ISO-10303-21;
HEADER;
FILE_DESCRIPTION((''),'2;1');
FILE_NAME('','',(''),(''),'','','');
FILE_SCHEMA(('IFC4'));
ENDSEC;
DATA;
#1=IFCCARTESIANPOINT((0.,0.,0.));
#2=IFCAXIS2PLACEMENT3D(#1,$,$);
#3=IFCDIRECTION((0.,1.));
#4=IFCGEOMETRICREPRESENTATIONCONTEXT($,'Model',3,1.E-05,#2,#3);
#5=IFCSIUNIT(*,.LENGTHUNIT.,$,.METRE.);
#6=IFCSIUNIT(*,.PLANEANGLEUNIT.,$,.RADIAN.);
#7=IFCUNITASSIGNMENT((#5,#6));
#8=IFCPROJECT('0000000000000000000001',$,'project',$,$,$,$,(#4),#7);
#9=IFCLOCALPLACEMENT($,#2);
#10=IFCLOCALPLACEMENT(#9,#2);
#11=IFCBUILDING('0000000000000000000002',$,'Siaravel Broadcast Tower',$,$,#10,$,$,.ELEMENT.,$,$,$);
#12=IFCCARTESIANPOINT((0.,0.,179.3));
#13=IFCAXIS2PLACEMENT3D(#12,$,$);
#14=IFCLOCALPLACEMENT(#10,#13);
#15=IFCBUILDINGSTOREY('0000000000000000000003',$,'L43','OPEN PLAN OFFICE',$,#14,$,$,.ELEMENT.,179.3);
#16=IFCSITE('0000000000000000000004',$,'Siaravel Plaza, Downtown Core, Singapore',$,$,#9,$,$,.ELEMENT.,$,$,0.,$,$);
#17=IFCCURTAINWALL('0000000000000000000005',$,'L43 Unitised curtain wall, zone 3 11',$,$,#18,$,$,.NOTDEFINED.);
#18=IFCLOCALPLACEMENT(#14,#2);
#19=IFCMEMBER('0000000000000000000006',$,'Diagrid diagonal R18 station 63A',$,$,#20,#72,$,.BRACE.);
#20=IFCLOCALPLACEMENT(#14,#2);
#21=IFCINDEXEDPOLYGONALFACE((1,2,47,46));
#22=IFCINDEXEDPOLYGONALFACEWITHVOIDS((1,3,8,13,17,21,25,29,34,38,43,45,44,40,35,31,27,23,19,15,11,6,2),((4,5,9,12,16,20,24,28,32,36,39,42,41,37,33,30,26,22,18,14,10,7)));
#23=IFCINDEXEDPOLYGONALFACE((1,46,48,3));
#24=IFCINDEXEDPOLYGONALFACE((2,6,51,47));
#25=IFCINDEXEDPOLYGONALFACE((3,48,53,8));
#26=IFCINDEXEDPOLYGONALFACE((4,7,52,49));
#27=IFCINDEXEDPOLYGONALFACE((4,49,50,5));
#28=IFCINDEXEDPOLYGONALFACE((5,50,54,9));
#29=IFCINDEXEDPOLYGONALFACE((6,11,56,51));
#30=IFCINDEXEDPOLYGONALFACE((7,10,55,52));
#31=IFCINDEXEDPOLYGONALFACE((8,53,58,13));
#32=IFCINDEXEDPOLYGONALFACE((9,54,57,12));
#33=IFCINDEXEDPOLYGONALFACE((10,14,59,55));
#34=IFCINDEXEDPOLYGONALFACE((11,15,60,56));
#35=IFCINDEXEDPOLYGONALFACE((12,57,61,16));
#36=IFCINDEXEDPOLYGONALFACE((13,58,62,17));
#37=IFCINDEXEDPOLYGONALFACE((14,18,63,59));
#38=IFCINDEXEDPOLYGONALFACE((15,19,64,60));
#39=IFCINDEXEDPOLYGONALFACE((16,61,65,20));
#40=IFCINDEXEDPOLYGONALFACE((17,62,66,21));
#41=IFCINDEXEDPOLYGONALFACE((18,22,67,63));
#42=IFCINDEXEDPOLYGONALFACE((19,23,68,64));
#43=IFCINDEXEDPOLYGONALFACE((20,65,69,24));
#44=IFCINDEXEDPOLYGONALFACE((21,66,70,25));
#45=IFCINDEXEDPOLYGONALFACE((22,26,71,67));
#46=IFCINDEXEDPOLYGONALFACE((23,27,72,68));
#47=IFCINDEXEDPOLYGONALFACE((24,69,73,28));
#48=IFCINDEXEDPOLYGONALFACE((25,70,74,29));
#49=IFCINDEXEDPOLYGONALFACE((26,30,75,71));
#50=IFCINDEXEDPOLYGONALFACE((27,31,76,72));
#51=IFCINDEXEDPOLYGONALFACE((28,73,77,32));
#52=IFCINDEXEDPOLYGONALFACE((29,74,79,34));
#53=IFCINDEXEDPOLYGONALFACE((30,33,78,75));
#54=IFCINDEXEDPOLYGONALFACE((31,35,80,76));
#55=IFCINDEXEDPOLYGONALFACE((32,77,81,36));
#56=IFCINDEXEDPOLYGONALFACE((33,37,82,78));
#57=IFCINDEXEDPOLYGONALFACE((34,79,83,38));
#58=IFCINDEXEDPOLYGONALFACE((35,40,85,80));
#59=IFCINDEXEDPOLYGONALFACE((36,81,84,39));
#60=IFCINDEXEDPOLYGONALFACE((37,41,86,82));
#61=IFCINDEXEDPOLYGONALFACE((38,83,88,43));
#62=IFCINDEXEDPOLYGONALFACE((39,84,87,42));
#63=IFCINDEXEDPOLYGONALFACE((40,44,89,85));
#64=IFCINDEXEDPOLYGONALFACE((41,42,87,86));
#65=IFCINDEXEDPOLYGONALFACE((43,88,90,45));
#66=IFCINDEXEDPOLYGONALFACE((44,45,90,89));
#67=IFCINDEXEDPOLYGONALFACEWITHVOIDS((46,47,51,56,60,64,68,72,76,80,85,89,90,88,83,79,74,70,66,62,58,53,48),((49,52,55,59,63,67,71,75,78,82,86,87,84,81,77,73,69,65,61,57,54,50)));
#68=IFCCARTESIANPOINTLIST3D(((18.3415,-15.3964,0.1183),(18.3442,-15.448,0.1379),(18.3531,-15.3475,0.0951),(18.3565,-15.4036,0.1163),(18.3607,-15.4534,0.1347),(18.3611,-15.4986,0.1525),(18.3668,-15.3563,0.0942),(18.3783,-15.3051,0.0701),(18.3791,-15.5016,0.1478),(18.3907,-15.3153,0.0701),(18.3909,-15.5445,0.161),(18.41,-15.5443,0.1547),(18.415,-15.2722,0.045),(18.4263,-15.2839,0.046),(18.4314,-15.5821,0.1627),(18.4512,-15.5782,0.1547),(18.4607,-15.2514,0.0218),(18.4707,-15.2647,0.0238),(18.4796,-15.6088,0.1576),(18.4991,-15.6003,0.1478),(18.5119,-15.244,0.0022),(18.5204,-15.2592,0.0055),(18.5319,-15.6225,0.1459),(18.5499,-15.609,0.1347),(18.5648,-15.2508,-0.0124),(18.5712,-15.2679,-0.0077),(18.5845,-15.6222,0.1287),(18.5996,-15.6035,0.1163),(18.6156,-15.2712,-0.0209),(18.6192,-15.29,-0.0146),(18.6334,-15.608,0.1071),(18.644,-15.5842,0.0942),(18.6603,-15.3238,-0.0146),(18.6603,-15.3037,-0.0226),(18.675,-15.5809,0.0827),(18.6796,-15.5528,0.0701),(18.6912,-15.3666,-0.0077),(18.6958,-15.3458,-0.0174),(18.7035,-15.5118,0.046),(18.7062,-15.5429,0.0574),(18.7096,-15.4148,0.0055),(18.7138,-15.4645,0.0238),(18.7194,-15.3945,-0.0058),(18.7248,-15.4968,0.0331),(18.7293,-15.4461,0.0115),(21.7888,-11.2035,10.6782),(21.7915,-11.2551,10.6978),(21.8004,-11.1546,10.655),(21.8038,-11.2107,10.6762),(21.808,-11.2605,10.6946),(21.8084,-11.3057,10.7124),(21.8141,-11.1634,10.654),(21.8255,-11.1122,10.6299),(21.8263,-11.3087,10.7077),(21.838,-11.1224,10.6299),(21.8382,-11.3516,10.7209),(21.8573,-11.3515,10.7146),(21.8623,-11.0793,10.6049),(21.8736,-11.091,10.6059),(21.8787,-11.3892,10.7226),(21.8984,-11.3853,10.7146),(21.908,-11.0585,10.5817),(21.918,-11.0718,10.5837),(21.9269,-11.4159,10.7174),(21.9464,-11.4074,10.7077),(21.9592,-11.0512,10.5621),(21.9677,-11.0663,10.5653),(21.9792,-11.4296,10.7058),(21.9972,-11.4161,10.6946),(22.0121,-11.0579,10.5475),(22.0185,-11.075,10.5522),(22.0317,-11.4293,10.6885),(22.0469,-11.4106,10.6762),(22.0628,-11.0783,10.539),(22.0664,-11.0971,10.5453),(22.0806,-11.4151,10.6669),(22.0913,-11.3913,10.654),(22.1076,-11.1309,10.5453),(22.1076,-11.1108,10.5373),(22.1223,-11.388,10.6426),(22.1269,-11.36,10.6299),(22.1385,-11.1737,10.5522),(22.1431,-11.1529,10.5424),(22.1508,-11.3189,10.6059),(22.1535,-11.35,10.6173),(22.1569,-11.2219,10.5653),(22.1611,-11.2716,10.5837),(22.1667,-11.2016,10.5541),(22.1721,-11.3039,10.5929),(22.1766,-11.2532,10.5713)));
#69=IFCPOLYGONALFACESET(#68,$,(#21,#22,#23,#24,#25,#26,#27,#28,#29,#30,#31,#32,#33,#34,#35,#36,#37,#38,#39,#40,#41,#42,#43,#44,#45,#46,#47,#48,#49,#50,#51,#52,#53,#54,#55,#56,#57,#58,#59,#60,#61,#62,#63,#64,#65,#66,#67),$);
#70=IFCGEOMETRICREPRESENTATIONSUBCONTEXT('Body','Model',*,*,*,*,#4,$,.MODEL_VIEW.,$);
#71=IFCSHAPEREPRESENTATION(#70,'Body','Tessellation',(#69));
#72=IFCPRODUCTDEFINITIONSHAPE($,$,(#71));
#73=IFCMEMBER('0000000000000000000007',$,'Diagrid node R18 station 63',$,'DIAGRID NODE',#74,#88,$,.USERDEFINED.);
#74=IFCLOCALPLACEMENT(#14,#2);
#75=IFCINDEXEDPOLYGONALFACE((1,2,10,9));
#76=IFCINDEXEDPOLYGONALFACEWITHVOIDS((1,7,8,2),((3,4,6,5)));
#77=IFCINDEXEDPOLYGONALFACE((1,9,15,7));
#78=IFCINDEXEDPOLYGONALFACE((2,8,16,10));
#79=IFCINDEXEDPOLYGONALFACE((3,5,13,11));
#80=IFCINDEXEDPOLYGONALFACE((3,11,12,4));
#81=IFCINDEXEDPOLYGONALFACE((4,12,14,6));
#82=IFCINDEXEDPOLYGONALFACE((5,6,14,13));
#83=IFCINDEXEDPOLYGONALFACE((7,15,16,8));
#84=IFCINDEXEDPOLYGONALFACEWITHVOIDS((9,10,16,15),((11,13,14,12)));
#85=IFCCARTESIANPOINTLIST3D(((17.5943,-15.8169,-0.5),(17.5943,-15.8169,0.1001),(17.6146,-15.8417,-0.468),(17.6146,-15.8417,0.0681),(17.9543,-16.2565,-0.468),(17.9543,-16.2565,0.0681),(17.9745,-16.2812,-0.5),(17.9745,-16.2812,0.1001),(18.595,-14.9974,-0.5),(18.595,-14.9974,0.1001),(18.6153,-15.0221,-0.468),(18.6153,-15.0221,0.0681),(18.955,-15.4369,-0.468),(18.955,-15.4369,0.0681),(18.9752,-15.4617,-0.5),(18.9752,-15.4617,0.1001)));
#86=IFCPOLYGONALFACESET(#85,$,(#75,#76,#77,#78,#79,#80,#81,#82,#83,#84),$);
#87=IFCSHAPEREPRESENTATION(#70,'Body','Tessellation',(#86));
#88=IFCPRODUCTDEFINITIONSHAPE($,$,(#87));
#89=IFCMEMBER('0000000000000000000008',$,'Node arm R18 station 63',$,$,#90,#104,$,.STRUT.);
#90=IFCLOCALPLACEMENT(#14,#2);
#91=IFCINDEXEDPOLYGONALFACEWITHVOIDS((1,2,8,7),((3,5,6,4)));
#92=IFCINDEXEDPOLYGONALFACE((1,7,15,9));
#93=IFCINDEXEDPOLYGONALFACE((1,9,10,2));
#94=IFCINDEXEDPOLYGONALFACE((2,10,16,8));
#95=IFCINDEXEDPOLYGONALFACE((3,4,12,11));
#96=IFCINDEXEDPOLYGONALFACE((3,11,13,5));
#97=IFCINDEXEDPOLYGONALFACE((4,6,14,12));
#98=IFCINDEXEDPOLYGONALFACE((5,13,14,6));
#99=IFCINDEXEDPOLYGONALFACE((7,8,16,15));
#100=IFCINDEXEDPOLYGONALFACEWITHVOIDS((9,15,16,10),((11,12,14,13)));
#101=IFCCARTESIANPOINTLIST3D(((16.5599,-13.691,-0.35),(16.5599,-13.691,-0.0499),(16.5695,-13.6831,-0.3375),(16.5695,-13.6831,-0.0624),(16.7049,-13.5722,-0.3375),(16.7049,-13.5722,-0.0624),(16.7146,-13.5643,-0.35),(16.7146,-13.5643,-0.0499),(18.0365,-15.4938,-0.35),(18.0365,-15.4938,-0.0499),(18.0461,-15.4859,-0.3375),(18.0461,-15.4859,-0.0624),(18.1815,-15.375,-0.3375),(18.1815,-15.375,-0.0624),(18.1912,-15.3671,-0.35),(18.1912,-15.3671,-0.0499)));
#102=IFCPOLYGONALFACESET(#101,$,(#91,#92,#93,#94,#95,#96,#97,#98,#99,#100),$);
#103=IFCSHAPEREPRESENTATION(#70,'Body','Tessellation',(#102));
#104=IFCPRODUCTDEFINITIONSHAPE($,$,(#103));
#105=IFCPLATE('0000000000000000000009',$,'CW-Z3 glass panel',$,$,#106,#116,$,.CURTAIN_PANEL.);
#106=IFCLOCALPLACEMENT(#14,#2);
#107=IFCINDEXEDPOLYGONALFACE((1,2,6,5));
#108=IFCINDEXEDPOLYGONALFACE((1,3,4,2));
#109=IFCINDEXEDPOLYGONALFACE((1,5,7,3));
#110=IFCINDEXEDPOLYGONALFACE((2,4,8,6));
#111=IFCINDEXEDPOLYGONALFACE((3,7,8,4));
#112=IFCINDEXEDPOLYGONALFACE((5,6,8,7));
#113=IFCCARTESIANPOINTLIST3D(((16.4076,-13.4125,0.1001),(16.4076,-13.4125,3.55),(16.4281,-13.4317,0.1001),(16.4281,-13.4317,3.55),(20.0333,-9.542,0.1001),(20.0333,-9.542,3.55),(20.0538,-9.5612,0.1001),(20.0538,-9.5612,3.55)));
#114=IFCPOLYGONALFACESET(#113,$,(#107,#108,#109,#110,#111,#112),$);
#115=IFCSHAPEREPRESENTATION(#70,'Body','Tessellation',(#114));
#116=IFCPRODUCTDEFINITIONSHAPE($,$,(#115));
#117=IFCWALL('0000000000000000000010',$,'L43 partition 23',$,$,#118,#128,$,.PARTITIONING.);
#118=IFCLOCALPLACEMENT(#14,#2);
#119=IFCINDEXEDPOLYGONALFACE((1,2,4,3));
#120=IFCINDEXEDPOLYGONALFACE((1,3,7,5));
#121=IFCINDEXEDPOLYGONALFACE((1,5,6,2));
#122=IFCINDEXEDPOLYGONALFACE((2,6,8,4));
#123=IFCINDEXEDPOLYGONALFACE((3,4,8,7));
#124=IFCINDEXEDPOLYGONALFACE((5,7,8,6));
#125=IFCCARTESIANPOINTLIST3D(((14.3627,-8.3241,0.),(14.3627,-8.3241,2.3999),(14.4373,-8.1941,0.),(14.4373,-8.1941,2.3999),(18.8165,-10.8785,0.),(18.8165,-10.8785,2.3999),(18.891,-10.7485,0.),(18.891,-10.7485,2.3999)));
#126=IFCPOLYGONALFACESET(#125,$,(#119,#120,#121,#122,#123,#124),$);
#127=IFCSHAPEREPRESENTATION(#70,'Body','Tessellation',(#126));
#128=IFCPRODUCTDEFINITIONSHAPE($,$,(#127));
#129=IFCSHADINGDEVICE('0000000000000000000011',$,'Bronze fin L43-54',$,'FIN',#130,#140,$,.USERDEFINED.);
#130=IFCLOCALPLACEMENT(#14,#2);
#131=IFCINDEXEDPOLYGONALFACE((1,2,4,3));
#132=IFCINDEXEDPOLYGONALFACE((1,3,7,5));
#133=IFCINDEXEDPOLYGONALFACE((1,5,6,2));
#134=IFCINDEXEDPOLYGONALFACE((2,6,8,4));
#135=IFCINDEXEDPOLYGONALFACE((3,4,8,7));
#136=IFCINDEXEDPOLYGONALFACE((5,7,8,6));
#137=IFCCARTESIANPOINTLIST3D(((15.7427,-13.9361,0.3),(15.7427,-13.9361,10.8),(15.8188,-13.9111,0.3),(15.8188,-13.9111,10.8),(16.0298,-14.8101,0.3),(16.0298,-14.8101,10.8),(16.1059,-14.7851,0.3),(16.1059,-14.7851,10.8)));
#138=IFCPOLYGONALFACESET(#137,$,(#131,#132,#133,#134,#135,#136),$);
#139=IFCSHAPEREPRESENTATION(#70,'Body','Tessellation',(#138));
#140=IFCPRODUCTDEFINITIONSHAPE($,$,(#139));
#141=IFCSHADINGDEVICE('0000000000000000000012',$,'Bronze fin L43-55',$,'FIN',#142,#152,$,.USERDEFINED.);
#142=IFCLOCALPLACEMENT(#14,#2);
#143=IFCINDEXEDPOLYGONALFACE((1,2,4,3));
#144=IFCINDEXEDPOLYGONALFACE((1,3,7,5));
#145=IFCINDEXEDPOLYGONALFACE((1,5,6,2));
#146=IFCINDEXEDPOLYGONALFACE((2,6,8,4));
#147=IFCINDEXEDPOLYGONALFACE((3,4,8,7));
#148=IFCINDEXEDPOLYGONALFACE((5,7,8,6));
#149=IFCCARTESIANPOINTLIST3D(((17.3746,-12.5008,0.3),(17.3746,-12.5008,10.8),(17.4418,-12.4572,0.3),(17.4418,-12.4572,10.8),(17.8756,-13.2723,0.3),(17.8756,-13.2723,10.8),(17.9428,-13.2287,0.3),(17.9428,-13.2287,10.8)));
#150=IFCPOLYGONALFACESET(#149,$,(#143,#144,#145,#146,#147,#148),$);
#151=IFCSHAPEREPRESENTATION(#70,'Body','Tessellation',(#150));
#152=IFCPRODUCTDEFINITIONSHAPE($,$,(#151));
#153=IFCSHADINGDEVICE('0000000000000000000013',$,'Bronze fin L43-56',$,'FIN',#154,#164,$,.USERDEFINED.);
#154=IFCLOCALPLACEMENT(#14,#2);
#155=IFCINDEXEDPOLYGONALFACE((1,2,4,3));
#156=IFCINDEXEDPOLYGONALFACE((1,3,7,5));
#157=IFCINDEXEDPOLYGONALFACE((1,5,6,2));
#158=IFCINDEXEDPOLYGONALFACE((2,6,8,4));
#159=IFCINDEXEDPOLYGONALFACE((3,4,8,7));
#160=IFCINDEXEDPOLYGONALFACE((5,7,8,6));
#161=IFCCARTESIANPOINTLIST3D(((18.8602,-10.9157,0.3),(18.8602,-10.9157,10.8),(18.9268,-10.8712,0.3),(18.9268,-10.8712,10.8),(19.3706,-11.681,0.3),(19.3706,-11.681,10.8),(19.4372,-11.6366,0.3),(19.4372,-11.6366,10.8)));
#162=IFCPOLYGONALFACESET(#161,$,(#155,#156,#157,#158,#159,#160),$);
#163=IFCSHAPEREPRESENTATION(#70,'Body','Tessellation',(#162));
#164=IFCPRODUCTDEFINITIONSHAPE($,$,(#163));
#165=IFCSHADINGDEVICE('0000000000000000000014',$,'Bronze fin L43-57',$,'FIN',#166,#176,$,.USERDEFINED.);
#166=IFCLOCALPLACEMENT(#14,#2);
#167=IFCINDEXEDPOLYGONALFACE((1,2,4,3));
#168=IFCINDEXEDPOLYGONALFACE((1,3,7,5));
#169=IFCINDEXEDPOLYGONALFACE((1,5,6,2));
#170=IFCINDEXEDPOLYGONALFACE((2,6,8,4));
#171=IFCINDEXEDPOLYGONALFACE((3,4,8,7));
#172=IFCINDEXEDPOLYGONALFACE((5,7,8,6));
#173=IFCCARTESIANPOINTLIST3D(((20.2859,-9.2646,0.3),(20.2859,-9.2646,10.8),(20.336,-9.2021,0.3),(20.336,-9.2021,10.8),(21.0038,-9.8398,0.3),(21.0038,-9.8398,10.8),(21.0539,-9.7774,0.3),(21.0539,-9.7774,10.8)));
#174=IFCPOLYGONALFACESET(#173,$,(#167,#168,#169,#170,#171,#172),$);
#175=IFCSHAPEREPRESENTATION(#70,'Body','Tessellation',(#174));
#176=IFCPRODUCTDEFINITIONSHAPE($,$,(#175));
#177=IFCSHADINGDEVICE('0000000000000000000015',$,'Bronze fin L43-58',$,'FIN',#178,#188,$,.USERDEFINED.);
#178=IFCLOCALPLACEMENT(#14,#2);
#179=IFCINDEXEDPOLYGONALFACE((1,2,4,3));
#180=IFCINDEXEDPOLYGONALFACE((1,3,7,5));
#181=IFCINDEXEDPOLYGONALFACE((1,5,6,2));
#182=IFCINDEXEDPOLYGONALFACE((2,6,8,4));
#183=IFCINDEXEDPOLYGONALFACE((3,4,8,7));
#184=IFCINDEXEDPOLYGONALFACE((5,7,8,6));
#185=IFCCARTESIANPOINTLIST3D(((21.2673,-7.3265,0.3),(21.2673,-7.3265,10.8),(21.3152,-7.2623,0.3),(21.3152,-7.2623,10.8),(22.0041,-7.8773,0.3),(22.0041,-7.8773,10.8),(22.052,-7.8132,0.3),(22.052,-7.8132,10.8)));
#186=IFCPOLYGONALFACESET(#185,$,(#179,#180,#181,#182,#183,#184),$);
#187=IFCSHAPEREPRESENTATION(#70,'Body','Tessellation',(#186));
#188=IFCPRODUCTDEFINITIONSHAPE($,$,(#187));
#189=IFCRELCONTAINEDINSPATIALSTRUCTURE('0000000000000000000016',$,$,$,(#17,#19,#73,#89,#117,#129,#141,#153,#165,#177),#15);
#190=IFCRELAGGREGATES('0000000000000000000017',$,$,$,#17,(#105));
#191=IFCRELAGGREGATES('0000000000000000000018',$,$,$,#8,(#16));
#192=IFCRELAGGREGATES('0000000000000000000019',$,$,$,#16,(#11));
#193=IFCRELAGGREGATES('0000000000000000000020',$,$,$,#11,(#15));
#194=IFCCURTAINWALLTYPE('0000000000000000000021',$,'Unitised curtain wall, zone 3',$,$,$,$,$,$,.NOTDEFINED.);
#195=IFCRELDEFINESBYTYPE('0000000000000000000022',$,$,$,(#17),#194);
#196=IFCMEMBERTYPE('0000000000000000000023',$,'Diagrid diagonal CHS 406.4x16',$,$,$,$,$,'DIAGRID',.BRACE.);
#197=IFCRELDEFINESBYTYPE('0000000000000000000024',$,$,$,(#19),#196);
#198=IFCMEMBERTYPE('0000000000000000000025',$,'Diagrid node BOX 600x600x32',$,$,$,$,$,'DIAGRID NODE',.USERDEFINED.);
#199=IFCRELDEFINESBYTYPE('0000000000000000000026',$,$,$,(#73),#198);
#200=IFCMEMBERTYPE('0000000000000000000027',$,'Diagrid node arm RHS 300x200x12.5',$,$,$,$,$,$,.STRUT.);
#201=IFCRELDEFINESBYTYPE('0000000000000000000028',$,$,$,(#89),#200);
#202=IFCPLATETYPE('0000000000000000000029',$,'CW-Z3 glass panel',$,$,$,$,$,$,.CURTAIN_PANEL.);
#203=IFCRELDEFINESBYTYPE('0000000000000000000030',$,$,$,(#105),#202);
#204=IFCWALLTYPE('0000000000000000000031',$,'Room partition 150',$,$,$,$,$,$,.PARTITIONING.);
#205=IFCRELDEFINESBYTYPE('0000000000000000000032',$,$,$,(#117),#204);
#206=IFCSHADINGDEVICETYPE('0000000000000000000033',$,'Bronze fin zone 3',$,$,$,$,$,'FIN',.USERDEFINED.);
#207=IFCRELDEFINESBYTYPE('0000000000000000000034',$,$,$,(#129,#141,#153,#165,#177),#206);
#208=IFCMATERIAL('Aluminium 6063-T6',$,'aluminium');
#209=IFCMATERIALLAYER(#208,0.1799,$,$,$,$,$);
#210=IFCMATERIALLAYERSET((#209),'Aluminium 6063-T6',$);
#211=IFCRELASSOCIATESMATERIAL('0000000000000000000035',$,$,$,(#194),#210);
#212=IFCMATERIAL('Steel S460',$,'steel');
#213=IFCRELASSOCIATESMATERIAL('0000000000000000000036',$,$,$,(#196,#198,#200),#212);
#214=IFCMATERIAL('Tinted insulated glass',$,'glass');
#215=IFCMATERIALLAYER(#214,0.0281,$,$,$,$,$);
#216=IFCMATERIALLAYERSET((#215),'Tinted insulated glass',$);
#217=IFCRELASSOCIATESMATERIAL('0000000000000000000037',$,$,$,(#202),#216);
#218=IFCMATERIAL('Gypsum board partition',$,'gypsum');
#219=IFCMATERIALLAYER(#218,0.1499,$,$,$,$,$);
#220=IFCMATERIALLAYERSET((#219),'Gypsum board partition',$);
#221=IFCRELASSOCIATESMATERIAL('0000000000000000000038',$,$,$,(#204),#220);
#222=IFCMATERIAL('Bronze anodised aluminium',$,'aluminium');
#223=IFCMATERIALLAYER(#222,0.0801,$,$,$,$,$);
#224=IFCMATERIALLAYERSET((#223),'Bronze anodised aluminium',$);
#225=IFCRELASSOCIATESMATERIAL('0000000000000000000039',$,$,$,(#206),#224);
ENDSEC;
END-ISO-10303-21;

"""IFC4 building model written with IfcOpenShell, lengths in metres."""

from ifc_helpers import new_model, si_unit, direction, frame, frame_2d, origin, origin_2d, place, context, subcontext, project, spatial, rectangle, hollow_rectangle, hollow_circle, extrude, material, layer, layer_set, material_profile, profile_set, type_object, element, aggregate, save


model = new_model("IFC4")

# Units and contexts
model_context = context("Model", 3, precision=1e-05, world=origin(), true_north=direction((0.0, 1.0)))
body_context = subcontext(model_context, "Body", "Model", "MODEL_VIEW")
ifc_project = project(units=[si_unit("LENGTHUNIT", "METRE"), si_unit("PLANEANGLEUNIT", "RADIAN")], contexts=[model_context])

# Site, building, storey
site_placement = place(None, origin())
site = spatial("IfcSite", under=ifc_project, at=site_placement, Name="Siaravel Plaza, Downtown Core, Singapore", CompositionType="ELEMENT", RefElevation=0.0)
building_placement = place(site_placement, origin())
building = spatial("IfcBuilding", under=site, at=building_placement, Name="Siaravel Broadcast Tower", CompositionType="ELEMENT")
storey_placement = place(building_placement, frame((0.0, 0.0, 179.3)))
storey = spatial("IfcBuildingStorey", under=building, at=storey_placement, Name="L43", Description="OPEN PLAN OFFICE", CompositionType="ELEMENT", Elevation=179.3)

# Curtain wall
ifc_material_1 = material(Name="Aluminium 6063-T6", Category="aluminium")
ifc_layer_1 = layer(ifc_material_1, 0.1799)
ifc_layer_set_1 = layer_set([ifc_layer_1], Name="Aluminium 6063-T6")
curtain_wall_type = type_object("IfcCurtainWallType", Name="Unitised curtain wall, zone 3", PredefinedType="NOTDEFINED", material=ifc_layer_set_1)
curtain_wall_1_placement = place(storey_placement, origin())
curtain_wall_1 = element("IfcCurtainWall", 1, at=curtain_wall_1_placement, inside=storey, type_object=curtain_wall_type, Name="L43 Unitised curtain wall, zone 3 11", PredefinedType="NOTDEFINED")

# Members
ifc_material_2 = material(Name="Steel S460", Category="steel")
ifc_material_profile_1 = material_profile(ifc_material_2, hollow_circle(Radius=0.2031, WallThickness=0.0161, at=origin_2d()))
ifc_profile_set_1 = profile_set([ifc_material_profile_1], Name="Steel S460")
member_type_1 = type_object("IfcMemberType", Name="Diagrid diagonal CHS 406.4x16", ElementType="DIAGRID", PredefinedType="BRACE", material=ifc_profile_set_1)
member_1_placement = place(storey_placement, frame((18.5352, -15.4341, 0.0701), z_axis=(0.290339, 0.353137, 0.88938), x_axis=(-0.772444, 0.635083, 0.0)))
element("IfcMember", 2, at=member_1_placement, inside=storey, type_object=member_type_1, Name="Diagrid diagonal R18 station 63A", PredefinedType="BRACE", context=body_context, shape_type="SweptSolid", body=[
    extrude(hollow_circle(Radius=0.2031, WallThickness=0.0161, at=origin_2d()), origin(), (0.0, 0.0, 1.0), 11.8733),
])
ifc_material_profile_2 = material_profile(ifc_material_2, hollow_rectangle(XDim=0.6001, YDim=0.6001, WallThickness=0.032, at=origin_2d()))
ifc_profile_set_2 = profile_set([ifc_material_profile_2], Name="Steel S460")
member_type_2 = type_object("IfcMemberType", Name="Diagrid node BOX 600x600x32", ElementType="DIAGRID NODE", PredefinedType="USERDEFINED", material=ifc_profile_set_2)
member_2_placement = place(storey_placement, frame((17.7844, -16.0491, -0.2), z_axis=(0.773654, 0.633608, 0.0), x_axis=(-0.633608, 0.773654, 0.0)))
element("IfcMember", 3, at=member_2_placement, inside=storey, type_object=member_type_2, Name="Diagrid node R18 station 63", ObjectType="DIAGRID NODE", PredefinedType="USERDEFINED", context=body_context, shape_type="SweptSolid", body=[
    extrude(hollow_rectangle(XDim=0.6001, YDim=0.6001, WallThickness=0.032, at=origin_2d()), origin(), (0.0, 0.0, 1.0), 1.2935),
])
ifc_material_profile_3 = material_profile(ifc_material_2, hollow_rectangle(XDim=0.2, YDim=0.3, WallThickness=0.0125, at=origin_2d()))
ifc_profile_set_3 = profile_set([ifc_material_profile_3], Name="Steel S460")
member_type_3 = type_object("IfcMemberType", Name="Diagrid node arm RHS 300x200x12.5", PredefinedType="STRUT", material=ifc_profile_set_3)
member_3_placement = place(storey_placement, frame((16.6372, -13.6277, -0.2), z_axis=(0.633648, -0.773621, 0.0), x_axis=(0.773621, 0.633648, 0.0)))
element("IfcMember", 4, at=member_3_placement, inside=storey, type_object=member_type_3, Name="Node arm R18 station 63", PredefinedType="STRUT", context=body_context, shape_type="SweptSolid", body=[
    extrude(hollow_rectangle(XDim=0.2, YDim=0.3, WallThickness=0.0125, at=origin_2d()), origin(), (0.0, 0.0, 1.0), 2.3303),
])

# Plate
ifc_material_3 = material(Name="Tinted insulated glass", Category="glass")
ifc_layer_2 = layer(ifc_material_3, 0.0281)
ifc_layer_set_2 = layer_set([ifc_layer_2], Name="Tinted insulated glass")
plate_type = type_object("IfcPlateType", Name="CW-Z3 glass panel", PredefinedType="CURTAIN_PANEL", material=ifc_layer_set_2)
plate_placement = place(storey_placement, frame((18.2307, -11.4868, 0.1001), z_axis=(0.0, 0.0, 1.0), x_axis=(0.683655, 0.729805, 0.0)))
plate = element("IfcPlate", 5, at=plate_placement, type_object=plate_type, Name="CW-Z3 glass panel", PredefinedType="CURTAIN_PANEL", context=body_context, shape_type="SweptSolid", body=[
    extrude(rectangle(XDim=5.3035, YDim=0.0281, at=origin_2d()), origin(), (0.0, 0.0, 1.0), 3.45),
])
aggregate(curtain_wall_1, [plate])

# Wall
ifc_material_4 = material(Name="Gypsum board partition", Category="gypsum")
ifc_layer_3 = layer(ifc_material_4, 0.1499)
ifc_layer_set_3 = layer_set([ifc_layer_3], Name="Gypsum board partition")
wall_type = type_object("IfcWallType", Name="Room partition 150", PredefinedType="PARTITIONING", material=ifc_layer_set_3)
wall_placement = place(storey_placement, frame((18.8538, -10.8135, 0.0), z_axis=(0.0, 0.0, 1.0), x_axis=(-0.867455, 0.497516, 0.0)))
element("IfcWall", 6, at=wall_placement, inside=storey, type_object=wall_type, Name="L43 partition 23", PredefinedType="PARTITIONING", context=body_context, shape_type="SweptSolid", body=[
    extrude(rectangle(XDim=5.1343, YDim=0.1499, at=frame_2d((2.5671, 0.0))), origin(), (0.0, 0.0, 1.0), 2.3999),
])

# Shading devices
ifc_material_5 = material(Name="Bronze anodised aluminium", Category="aluminium")
ifc_layer_4 = layer(ifc_material_5, 0.0801)
ifc_layer_set_4 = layer_set([ifc_layer_4], Name="Bronze anodised aluminium")
shading_device_type = type_object("IfcShadingDeviceType", Name="Bronze fin zone 3", ElementType="FIN", PredefinedType="USERDEFINED", material=ifc_layer_set_4)
for number, where, z_axis, x_axis, name in (
    (7, (15.9243, -14.3606, 0.3), (0.0, 0.0, 1.0), (0.312123, -0.950042, 0.0), "Bronze fin L43-54"),
    (8, (17.6587, -12.8647, 0.3), (0.0, 0.0, 1.0), (0.544573, -0.838713, 0.0), "Bronze fin L43-55"),
    (9, (19.1487, -11.2761, 0.3), (0.0, 0.0, 1.0), (0.554833, -0.831962, 0.0), "Bronze fin L43-56"),
    (10, (20.6699, -9.521, 0.3), (0.0, 0.0, 1.0), (0.780402, -0.625278, 0.0), "Bronze fin L43-57"),
    (11, (21.6597, -7.5698, 0.3), (0.0, 0.0, 1.0), (0.800927, -0.598762, 0.0), "Bronze fin L43-58"),
):
    element("IfcShadingDevice", number, at=place(storey_placement, frame(where, z_axis=z_axis, x_axis=x_axis)), inside=storey, type_object=shading_device_type, Name=name, ObjectType="FIN", PredefinedType="USERDEFINED", context=body_context, shape_type="SweptSolid", body=[
        extrude(rectangle(XDim=0.9199, YDim=0.0801, at=origin_2d()), origin(), (0.0, 0.0, 1.0), 10.5),
    ])

save(model, "model.ifc")
